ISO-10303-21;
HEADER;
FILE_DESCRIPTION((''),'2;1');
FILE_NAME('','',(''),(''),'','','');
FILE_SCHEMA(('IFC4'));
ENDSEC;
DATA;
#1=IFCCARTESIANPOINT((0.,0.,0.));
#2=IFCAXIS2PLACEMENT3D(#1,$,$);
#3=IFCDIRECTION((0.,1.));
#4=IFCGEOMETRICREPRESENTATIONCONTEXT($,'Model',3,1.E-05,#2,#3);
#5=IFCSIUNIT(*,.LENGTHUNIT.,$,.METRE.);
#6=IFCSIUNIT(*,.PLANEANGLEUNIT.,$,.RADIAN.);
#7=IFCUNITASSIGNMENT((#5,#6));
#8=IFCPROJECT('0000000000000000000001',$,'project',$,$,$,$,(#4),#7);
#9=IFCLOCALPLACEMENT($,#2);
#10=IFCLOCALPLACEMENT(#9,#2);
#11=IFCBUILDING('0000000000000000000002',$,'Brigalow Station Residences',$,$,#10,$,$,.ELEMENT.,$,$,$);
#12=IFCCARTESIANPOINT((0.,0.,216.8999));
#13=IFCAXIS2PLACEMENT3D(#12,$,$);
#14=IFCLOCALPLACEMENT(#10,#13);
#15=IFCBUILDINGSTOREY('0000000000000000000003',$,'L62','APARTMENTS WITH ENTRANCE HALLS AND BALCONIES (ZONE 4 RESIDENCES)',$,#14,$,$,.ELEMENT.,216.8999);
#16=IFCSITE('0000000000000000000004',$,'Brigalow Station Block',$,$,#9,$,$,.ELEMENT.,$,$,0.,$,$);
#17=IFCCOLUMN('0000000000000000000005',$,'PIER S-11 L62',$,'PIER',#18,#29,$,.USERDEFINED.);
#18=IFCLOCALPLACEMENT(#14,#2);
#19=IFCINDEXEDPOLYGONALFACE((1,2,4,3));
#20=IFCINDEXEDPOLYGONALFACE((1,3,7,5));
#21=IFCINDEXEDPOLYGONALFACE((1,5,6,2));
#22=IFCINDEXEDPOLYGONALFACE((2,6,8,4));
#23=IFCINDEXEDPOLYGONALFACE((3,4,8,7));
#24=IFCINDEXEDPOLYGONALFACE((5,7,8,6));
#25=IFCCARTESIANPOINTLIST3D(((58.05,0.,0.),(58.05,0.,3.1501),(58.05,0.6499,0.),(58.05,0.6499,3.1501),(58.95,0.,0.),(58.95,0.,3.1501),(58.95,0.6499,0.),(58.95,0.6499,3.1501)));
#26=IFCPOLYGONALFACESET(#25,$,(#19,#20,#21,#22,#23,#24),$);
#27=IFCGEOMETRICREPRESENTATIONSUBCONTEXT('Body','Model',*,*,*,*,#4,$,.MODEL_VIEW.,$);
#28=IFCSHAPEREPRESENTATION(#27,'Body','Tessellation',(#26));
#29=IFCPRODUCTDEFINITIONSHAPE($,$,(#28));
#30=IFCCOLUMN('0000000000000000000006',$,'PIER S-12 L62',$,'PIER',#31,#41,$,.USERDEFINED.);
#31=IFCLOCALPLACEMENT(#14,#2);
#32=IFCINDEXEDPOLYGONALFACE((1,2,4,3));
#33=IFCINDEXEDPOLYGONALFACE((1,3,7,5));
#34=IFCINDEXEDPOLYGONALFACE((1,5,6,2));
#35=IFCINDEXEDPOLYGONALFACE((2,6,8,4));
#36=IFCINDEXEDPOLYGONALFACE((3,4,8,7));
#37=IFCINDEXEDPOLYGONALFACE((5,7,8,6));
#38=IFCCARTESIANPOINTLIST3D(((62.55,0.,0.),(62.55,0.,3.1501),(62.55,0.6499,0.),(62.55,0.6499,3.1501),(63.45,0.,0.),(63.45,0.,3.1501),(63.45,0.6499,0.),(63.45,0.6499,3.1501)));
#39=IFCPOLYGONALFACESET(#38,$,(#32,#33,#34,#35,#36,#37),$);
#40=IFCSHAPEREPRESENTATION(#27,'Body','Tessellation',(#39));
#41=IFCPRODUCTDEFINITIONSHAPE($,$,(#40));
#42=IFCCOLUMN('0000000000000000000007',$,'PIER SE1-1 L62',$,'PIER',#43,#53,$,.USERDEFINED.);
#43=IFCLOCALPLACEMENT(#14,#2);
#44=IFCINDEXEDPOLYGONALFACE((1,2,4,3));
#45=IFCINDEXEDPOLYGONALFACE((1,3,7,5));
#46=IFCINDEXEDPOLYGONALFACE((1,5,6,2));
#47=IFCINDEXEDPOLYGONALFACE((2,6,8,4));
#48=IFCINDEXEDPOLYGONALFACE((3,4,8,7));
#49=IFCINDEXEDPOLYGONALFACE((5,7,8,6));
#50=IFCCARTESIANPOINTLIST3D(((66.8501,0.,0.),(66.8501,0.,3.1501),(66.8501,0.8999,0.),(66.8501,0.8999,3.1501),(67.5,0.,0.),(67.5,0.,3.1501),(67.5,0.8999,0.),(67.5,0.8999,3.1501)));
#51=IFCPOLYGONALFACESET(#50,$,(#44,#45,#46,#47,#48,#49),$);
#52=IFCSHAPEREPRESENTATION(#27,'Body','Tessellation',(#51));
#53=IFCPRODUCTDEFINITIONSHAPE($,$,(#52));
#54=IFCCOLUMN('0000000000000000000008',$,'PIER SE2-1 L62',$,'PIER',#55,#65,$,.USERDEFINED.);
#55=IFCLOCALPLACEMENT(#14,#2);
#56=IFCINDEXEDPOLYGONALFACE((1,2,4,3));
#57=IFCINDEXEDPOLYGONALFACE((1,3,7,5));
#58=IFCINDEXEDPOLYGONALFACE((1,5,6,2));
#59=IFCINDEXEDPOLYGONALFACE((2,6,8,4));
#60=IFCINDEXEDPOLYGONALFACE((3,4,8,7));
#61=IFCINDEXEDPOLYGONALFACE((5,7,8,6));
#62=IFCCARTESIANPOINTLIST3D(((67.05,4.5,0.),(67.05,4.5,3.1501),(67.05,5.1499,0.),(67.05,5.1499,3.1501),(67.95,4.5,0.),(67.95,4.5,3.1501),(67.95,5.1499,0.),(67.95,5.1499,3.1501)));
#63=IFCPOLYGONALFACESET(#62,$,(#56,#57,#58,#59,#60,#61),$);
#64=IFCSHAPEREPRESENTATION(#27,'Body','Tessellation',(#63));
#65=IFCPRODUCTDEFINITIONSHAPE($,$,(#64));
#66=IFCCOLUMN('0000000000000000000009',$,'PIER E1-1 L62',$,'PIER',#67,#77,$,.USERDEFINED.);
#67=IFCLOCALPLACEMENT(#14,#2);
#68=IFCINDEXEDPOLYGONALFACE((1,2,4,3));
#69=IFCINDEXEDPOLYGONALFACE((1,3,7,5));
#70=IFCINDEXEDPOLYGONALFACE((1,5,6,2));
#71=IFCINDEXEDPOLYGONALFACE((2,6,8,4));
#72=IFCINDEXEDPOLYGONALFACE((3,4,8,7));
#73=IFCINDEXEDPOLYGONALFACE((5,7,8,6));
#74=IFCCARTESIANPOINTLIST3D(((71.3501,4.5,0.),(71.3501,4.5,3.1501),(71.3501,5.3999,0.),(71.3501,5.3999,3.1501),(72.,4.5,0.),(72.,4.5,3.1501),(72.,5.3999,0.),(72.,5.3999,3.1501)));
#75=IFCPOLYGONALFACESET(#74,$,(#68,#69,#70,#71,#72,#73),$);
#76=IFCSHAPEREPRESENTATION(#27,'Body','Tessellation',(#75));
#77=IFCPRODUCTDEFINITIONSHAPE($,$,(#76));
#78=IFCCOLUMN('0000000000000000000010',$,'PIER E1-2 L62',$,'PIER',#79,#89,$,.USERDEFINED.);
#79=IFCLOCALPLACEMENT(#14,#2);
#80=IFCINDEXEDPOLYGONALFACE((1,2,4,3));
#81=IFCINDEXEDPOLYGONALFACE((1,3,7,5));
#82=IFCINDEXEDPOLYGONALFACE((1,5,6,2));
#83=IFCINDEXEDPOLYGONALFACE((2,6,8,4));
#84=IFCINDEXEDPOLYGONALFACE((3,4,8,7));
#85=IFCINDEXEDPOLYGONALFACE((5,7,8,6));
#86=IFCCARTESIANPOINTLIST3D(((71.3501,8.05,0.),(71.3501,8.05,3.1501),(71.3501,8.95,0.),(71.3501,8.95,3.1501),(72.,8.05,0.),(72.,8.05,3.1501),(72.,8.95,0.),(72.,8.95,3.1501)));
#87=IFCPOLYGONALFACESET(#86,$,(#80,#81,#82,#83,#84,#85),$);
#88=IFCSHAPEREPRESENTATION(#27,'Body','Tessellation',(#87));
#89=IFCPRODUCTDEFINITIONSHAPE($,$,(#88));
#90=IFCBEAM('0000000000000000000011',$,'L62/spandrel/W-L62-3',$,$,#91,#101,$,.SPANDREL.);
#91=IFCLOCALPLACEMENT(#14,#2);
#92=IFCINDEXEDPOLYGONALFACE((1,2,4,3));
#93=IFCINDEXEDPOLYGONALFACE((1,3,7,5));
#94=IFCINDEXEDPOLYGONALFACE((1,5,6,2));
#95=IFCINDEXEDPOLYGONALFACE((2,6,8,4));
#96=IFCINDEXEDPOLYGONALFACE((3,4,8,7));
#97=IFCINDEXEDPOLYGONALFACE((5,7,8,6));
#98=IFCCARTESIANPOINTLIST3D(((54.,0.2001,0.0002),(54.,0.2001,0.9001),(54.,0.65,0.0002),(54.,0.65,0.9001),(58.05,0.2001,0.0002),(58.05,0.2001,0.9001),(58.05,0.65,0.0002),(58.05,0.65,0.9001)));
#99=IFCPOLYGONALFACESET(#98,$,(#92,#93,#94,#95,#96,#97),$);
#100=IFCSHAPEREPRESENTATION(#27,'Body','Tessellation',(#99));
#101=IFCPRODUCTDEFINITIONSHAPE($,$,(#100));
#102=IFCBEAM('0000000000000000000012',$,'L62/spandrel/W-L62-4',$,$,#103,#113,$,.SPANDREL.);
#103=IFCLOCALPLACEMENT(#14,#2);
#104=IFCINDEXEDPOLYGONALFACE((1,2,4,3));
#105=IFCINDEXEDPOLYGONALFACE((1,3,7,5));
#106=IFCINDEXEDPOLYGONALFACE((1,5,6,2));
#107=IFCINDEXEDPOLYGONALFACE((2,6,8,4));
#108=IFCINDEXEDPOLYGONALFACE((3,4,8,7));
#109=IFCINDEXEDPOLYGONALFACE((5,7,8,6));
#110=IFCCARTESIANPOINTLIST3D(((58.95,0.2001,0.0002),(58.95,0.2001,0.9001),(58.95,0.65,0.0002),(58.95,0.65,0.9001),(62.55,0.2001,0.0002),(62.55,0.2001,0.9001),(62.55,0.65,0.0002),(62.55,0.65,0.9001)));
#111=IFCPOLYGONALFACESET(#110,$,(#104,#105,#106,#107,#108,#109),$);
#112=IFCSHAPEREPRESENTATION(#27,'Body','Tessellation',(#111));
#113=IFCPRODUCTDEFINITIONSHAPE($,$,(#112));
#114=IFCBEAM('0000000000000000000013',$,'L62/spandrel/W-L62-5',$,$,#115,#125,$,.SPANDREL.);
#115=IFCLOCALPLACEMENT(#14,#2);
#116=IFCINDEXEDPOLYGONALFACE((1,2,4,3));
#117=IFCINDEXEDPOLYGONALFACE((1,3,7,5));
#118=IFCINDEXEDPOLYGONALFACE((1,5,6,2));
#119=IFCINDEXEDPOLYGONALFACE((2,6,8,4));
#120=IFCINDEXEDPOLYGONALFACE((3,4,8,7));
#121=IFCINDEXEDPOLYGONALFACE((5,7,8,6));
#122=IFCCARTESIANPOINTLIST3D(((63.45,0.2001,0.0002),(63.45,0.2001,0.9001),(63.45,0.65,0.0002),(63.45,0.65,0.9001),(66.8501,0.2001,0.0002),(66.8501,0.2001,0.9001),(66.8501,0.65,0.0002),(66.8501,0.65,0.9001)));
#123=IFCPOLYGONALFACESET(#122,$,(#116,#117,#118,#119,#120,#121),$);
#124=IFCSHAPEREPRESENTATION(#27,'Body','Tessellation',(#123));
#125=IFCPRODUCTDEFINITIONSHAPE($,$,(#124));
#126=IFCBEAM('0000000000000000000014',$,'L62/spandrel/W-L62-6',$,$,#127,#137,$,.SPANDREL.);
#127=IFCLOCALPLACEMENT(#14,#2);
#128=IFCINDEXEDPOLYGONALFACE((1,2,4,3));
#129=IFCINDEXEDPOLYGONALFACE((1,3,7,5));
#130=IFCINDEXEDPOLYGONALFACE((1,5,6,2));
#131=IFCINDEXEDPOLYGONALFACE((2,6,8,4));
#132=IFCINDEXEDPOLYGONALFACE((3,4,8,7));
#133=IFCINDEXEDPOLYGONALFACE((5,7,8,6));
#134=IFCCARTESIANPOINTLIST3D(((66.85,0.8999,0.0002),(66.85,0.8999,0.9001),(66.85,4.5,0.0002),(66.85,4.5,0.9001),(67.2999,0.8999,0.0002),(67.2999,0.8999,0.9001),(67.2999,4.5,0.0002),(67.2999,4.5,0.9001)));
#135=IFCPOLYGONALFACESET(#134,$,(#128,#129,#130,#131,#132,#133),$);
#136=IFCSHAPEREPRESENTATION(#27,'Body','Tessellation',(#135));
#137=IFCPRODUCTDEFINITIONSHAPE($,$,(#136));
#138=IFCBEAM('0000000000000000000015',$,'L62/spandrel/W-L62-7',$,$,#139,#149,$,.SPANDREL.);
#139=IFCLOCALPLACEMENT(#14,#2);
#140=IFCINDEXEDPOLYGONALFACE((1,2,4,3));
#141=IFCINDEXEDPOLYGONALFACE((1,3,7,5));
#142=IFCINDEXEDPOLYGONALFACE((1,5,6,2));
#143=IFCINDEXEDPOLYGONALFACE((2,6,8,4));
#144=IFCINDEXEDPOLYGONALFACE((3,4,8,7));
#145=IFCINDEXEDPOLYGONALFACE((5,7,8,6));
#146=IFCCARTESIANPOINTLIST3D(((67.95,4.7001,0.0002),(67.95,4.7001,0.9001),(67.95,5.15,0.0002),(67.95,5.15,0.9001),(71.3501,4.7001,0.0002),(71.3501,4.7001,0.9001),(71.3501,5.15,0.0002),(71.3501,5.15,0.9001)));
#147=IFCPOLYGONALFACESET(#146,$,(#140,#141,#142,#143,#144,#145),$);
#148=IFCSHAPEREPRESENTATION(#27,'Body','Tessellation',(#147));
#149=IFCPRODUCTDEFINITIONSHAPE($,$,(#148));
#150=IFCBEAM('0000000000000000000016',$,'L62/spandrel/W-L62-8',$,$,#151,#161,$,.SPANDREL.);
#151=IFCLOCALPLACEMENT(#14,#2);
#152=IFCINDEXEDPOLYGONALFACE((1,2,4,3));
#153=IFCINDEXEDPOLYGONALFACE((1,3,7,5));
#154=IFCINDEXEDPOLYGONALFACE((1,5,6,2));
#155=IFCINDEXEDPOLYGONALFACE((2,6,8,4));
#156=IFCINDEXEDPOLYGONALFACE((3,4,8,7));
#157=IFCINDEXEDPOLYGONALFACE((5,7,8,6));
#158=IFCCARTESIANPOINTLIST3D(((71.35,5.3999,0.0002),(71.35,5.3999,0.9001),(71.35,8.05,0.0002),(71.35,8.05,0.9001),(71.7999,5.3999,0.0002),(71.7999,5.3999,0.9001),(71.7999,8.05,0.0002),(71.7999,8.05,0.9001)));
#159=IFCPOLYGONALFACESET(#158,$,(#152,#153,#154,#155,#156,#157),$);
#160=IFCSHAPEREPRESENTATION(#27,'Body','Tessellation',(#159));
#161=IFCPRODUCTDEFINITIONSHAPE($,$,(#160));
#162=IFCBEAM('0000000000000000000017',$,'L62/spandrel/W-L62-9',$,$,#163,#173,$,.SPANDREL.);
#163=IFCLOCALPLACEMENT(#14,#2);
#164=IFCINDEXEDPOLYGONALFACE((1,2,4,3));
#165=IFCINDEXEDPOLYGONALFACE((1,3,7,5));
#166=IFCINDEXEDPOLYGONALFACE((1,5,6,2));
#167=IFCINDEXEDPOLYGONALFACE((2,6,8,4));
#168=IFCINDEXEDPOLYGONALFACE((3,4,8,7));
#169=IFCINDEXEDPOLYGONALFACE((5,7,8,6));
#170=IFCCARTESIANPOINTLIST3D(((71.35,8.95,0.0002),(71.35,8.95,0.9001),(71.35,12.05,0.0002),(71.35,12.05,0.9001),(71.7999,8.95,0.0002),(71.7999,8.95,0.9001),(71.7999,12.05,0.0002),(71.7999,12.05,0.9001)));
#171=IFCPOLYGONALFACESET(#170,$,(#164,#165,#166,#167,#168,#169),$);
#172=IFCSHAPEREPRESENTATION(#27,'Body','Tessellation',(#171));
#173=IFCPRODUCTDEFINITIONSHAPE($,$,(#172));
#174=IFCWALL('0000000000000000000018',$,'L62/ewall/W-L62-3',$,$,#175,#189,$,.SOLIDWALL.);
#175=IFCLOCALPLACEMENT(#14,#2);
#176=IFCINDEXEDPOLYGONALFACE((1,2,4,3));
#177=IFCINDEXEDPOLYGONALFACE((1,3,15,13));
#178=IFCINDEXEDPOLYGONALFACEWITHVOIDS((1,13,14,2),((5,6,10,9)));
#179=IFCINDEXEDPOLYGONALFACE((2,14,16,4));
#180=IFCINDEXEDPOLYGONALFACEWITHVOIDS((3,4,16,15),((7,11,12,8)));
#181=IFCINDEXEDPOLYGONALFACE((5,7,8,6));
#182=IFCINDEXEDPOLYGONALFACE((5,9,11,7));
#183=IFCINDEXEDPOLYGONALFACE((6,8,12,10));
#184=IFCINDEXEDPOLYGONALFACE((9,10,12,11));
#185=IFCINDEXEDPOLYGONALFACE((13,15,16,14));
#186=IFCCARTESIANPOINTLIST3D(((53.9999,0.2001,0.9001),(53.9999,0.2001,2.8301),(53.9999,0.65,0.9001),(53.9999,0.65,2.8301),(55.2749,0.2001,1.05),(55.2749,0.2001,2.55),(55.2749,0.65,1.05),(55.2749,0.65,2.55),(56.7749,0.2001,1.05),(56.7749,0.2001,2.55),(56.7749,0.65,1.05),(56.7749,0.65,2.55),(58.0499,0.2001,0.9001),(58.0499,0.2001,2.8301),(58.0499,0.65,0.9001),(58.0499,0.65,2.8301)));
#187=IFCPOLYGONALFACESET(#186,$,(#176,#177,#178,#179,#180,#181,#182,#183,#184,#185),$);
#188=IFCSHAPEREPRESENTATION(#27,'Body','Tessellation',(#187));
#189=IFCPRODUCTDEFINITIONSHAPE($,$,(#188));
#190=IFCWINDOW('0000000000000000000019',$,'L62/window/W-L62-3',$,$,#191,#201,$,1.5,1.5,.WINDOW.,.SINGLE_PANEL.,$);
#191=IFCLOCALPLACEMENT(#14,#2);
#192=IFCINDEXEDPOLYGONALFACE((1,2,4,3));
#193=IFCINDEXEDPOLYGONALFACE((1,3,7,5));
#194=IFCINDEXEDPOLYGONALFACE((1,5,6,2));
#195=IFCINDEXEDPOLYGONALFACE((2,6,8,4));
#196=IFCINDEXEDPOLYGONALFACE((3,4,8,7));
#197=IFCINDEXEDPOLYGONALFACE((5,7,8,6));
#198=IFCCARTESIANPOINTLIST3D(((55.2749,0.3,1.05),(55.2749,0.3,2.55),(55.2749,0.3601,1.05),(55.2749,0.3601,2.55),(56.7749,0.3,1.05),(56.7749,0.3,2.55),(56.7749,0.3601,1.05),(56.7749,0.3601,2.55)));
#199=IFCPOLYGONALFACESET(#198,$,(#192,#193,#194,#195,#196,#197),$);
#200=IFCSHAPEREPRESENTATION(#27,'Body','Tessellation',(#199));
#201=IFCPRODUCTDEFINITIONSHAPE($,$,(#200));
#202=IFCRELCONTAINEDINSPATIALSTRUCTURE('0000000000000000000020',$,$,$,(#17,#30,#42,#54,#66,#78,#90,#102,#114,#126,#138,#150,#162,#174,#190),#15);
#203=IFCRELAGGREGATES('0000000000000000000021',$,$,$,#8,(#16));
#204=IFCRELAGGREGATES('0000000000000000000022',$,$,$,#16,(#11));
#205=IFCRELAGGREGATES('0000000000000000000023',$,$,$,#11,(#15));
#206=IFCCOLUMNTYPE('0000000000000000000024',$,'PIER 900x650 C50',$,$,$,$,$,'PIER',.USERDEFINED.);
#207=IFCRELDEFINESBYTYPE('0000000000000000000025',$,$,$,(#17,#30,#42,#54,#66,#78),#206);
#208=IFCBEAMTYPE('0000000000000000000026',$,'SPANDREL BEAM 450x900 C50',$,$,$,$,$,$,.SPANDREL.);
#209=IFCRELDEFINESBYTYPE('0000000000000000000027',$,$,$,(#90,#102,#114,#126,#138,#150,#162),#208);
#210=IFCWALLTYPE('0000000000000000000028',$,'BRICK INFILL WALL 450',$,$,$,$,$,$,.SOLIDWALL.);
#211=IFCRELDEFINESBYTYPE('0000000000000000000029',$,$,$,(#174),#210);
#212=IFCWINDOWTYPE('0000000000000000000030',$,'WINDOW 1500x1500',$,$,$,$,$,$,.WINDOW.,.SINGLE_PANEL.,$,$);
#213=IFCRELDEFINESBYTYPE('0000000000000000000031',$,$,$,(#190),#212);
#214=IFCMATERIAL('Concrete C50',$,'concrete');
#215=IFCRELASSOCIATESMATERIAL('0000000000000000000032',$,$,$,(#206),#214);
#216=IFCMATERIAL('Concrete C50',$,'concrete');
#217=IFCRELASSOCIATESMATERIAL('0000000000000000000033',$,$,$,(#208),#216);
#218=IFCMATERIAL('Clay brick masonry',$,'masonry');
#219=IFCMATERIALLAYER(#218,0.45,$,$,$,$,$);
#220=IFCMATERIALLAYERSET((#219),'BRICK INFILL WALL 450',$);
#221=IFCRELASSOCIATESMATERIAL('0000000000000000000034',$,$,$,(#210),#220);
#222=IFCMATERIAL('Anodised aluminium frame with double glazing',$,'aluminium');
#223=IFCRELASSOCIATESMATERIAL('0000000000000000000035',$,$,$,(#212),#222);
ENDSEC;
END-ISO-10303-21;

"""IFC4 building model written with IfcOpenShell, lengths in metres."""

from ifc_helpers import new_model, si_unit, direction, frame, frame_2d, origin, origin_2d, place, context, subcontext, project, spatial, rectangle, extrude, material, layer, layer_set, material_profile, profile_set, type_object, element, fill, save


model = new_model("IFC4")

# Units and contexts
model_context = context("Model", 3, precision=1e-05, world=origin(), true_north=direction((0.0, 1.0)))
body_context = subcontext(model_context, "Body", "Model", "MODEL_VIEW")
ifc_project = project(units=[si_unit("LENGTHUNIT", "METRE"), si_unit("PLANEANGLEUNIT", "RADIAN")], contexts=[model_context])

# Site, building, storey
site_placement = place(None, origin())
site = spatial("IfcSite", under=ifc_project, at=site_placement, Name="Brigalow Station Block", CompositionType="ELEMENT", RefElevation=0.0)
building_placement = place(site_placement, origin())
building = spatial("IfcBuilding", under=site, at=building_placement, Name="Brigalow Station Residences", CompositionType="ELEMENT")
storey_placement = place(building_placement, frame((0.0, 0.0, 216.8999)))
storey = spatial("IfcBuildingStorey", under=building, at=storey_placement, Name="L62", Description="APARTMENTS WITH ENTRANCE HALLS AND BALCONIES (ZONE 4 RESIDENCES)", CompositionType="ELEMENT", Elevation=216.8999)

# Columns
ifc_material_1 = material(Name="Concrete C50", Category="concrete")
ifc_material_profile_1 = material_profile(ifc_material_1, rectangle(XDim=0.8999, YDim=0.6499, at=origin_2d()), Name="RC900x650")
ifc_profile_set_1 = profile_set([ifc_material_profile_1], Name="Concrete C50")
column_type = type_object("IfcColumnType", Name="PIER 900x650 C50", ElementType="PIER", PredefinedType="USERDEFINED", material=ifc_profile_set_1)
for number, where, z_axis, x_axis, name in (
    (1, (58.5, 0.325, 0.0), (0.0, 0.0, 1.0), (1.0, 0.0, 0.0), "PIER S-11 L62"),
    (2, (63.0, 0.325, 0.0), (0.0, 0.0, 1.0), (1.0, 0.0, 0.0), "PIER S-12 L62"),
    (3, (67.175, 0.45, 0.0), (0.0, 0.0, 1.0), (0.0, 1.0, 0.0), "PIER SE1-1 L62"),
    (4, (67.5, 4.825, 0.0), (0.0, 0.0, 1.0), (1.0, 0.0, 0.0), "PIER SE2-1 L62"),
    (5, (71.675, 4.95, 0.0), (0.0, 0.0, 1.0), (0.0, 1.0, 0.0), "PIER E1-1 L62"),
    (6, (71.675, 8.5, 0.0), (0.0, 0.0, 1.0), (0.0, 1.0, 0.0), "PIER E1-2 L62"),
):
    element("IfcColumn", number, at=place(storey_placement, frame(where, z_axis=z_axis, x_axis=x_axis)), inside=storey, type_object=column_type, Name=name, ObjectType="PIER", PredefinedType="USERDEFINED", context=body_context, shape_type="SweptSolid", body=[
        extrude(rectangle(XDim=0.8999, YDim=0.6499, at=origin_2d()), origin(), (0.0, 0.0, 1.0), 3.1501),
    ])

# Beams
ifc_material_2 = material(Name="Concrete C50", Category="concrete")
ifc_material_profile_2 = material_profile(ifc_material_2, rectangle(XDim=0.45, YDim=0.8999, at=origin_2d()), Name="RC450x900")
ifc_profile_set_2 = profile_set([ifc_material_profile_2], Name="Concrete C50")
beam_type = type_object("IfcBeamType", Name="SPANDREL BEAM 450x900 C50", PredefinedType="SPANDREL", material=ifc_profile_set_2)
beam_1_placement = place(storey_placement, frame((54.0, 0.425, 0.4502), z_axis=(1.0, 0.0, 0.0), x_axis=(0.0, 1.0, 0.0)))
element("IfcBeam", 7, at=beam_1_placement, inside=storey, type_object=beam_type, Name="L62/spandrel/W-L62-3", PredefinedType="SPANDREL", context=body_context, shape_type="SweptSolid", body=[
    extrude(rectangle(XDim=0.45, YDim=0.8999, at=origin_2d()), origin(), (0.0, 0.0, 1.0), 4.05),
])
beam_2_placement = place(storey_placement, frame((58.95, 0.425, 0.4502), z_axis=(1.0, 0.0, 0.0), x_axis=(0.0, 1.0, 0.0)))
element("IfcBeam", 8, at=beam_2_placement, inside=storey, type_object=beam_type, Name="L62/spandrel/W-L62-4", PredefinedType="SPANDREL", context=body_context, shape_type="SweptSolid", body=[
    extrude(rectangle(XDim=0.45, YDim=0.8999, at=origin_2d()), origin(), (0.0, 0.0, 1.0), 3.6001),
])
beam_3_placement = place(storey_placement, frame((63.45, 0.425, 0.4502), z_axis=(1.0, 0.0, 0.0), x_axis=(0.0, 1.0, 0.0)))
element("IfcBeam", 9, at=beam_3_placement, inside=storey, type_object=beam_type, Name="L62/spandrel/W-L62-5", PredefinedType="SPANDREL", context=body_context, shape_type="SweptSolid", body=[
    extrude(rectangle(XDim=0.45, YDim=0.8999, at=origin_2d()), origin(), (0.0, 0.0, 1.0), 3.4001),
])
beam_4_placement = place(storey_placement, frame((67.075, 0.8999, 0.4502), z_axis=(0.0, 1.0, 0.0), x_axis=(-1.0, 0.0, 0.0)))
element("IfcBeam", 10, at=beam_4_placement, inside=storey, type_object=beam_type, Name="L62/spandrel/W-L62-6", PredefinedType="SPANDREL", context=body_context, shape_type="SweptSolid", body=[
    extrude(rectangle(XDim=0.45, YDim=0.8999, at=origin_2d()), origin(), (0.0, 0.0, 1.0), 3.6001),
])
beam_5_placement = place(storey_placement, frame((67.95, 4.925, 0.4502), z_axis=(1.0, 0.0, 0.0), x_axis=(0.0, 1.0, 0.0)))
element("IfcBeam", 11, at=beam_5_placement, inside=storey, type_object=beam_type, Name="L62/spandrel/W-L62-7", PredefinedType="SPANDREL", context=body_context, shape_type="SweptSolid", body=[
    extrude(rectangle(XDim=0.45, YDim=0.8999, at=origin_2d()), origin(), (0.0, 0.0, 1.0), 3.4001),
])
beam_6_placement = place(storey_placement, frame((71.575, 5.3999, 0.4502), z_axis=(0.0, 1.0, 0.0), x_axis=(-1.0, 0.0, 0.0)))
element("IfcBeam", 12, at=beam_6_placement, inside=storey, type_object=beam_type, Name="L62/spandrel/W-L62-8", PredefinedType="SPANDREL", context=body_context, shape_type="SweptSolid", body=[
    extrude(rectangle(XDim=0.45, YDim=0.8999, at=origin_2d()), origin(), (0.0, 0.0, 1.0), 2.6501),
])
beam_7_placement = place(storey_placement, frame((71.575, 8.95, 0.4502), z_axis=(0.0, 1.0, 0.0), x_axis=(-1.0, 0.0, 0.0)))
element("IfcBeam", 13, at=beam_7_placement, inside=storey, type_object=beam_type, Name="L62/spandrel/W-L62-9", PredefinedType="SPANDREL", context=body_context, shape_type="SweptSolid", body=[
    extrude(rectangle(XDim=0.45, YDim=0.8999, at=origin_2d()), origin(), (0.0, 0.0, 1.0), 3.1001),
])

# Wall, opening, window
ifc_material_3 = material(Name="Clay brick masonry", Category="masonry")
ifc_layer_1 = layer(ifc_material_3, 0.45)
ifc_layer_set_1 = layer_set([ifc_layer_1], Name="BRICK INFILL WALL 450")
wall_type_1 = type_object("IfcWallType", Name="BRICK INFILL WALL 450", PredefinedType="SOLIDWALL", material=ifc_layer_set_1)
wall_1_placement = place(storey_placement, frame((54.0, 0.425, 0.9001), z_axis=(0.0, 0.0, 1.0), x_axis=(1.0, 0.0, 0.0)))
wall_1 = element("IfcWall", 14, at=wall_1_placement, inside=storey, type_object=wall_type_1, Name="L62/ewall/W-L62-3", PredefinedType="SOLIDWALL", context=body_context, shape_type="SweptSolid", body=[
    extrude(rectangle(XDim=4.05, YDim=0.45, at=frame_2d((2.0249, 0.0))), origin(), (0.0, 0.0, 1.0), 1.9299),
])
opening_1_placement = place(wall_1_placement, frame((1.2749, 0.0, 0.1499)))
opening_1 = element("IfcOpeningElement", 15, at=opening_1_placement, cuts=wall_1, PredefinedType="OPENING", context=body_context, shape_type="SweptSolid", body=[
    extrude(rectangle(XDim=1.5, YDim=1.5, at=frame_2d((0.75, 0.75))), frame((0.0, 0.2349, 0.0), z_axis=(0.0, -1.0, 0.0), x_axis=(1.0, 0.0, 0.0)), (0.0, 0.0, 1.0), 0.47),
])
ifc_material_4 = material(Name="Anodised aluminium frame with double glazing", Category="aluminium")
window_type_1 = type_object("IfcWindowType", Name="WINDOW 1500x1500", PartitioningType="SINGLE_PANEL", PredefinedType="WINDOW", material=ifc_material_4)
window_1_placement = place(opening_1_placement, origin())
window_1 = element("IfcWindow", 16, at=window_1_placement, inside=storey, type_object=window_type_1, Name="L62/window/W-L62-3", OverallHeight=1.5, OverallWidth=1.5, PartitioningType="SINGLE_PANEL", PredefinedType="WINDOW", context=body_context, shape_type="SweptSolid", body=[
    extrude(rectangle(XDim=1.5, YDim=1.5, at=frame_2d((0.75, 0.75))), frame((0.0, -0.0649, 0.0), z_axis=(0.0, -1.0, 0.0), x_axis=(1.0, 0.0, 0.0)), (0.0, 0.0, 1.0), 0.0601),
])
fill(opening_1, window_1)

save(model, "model.ifc")
